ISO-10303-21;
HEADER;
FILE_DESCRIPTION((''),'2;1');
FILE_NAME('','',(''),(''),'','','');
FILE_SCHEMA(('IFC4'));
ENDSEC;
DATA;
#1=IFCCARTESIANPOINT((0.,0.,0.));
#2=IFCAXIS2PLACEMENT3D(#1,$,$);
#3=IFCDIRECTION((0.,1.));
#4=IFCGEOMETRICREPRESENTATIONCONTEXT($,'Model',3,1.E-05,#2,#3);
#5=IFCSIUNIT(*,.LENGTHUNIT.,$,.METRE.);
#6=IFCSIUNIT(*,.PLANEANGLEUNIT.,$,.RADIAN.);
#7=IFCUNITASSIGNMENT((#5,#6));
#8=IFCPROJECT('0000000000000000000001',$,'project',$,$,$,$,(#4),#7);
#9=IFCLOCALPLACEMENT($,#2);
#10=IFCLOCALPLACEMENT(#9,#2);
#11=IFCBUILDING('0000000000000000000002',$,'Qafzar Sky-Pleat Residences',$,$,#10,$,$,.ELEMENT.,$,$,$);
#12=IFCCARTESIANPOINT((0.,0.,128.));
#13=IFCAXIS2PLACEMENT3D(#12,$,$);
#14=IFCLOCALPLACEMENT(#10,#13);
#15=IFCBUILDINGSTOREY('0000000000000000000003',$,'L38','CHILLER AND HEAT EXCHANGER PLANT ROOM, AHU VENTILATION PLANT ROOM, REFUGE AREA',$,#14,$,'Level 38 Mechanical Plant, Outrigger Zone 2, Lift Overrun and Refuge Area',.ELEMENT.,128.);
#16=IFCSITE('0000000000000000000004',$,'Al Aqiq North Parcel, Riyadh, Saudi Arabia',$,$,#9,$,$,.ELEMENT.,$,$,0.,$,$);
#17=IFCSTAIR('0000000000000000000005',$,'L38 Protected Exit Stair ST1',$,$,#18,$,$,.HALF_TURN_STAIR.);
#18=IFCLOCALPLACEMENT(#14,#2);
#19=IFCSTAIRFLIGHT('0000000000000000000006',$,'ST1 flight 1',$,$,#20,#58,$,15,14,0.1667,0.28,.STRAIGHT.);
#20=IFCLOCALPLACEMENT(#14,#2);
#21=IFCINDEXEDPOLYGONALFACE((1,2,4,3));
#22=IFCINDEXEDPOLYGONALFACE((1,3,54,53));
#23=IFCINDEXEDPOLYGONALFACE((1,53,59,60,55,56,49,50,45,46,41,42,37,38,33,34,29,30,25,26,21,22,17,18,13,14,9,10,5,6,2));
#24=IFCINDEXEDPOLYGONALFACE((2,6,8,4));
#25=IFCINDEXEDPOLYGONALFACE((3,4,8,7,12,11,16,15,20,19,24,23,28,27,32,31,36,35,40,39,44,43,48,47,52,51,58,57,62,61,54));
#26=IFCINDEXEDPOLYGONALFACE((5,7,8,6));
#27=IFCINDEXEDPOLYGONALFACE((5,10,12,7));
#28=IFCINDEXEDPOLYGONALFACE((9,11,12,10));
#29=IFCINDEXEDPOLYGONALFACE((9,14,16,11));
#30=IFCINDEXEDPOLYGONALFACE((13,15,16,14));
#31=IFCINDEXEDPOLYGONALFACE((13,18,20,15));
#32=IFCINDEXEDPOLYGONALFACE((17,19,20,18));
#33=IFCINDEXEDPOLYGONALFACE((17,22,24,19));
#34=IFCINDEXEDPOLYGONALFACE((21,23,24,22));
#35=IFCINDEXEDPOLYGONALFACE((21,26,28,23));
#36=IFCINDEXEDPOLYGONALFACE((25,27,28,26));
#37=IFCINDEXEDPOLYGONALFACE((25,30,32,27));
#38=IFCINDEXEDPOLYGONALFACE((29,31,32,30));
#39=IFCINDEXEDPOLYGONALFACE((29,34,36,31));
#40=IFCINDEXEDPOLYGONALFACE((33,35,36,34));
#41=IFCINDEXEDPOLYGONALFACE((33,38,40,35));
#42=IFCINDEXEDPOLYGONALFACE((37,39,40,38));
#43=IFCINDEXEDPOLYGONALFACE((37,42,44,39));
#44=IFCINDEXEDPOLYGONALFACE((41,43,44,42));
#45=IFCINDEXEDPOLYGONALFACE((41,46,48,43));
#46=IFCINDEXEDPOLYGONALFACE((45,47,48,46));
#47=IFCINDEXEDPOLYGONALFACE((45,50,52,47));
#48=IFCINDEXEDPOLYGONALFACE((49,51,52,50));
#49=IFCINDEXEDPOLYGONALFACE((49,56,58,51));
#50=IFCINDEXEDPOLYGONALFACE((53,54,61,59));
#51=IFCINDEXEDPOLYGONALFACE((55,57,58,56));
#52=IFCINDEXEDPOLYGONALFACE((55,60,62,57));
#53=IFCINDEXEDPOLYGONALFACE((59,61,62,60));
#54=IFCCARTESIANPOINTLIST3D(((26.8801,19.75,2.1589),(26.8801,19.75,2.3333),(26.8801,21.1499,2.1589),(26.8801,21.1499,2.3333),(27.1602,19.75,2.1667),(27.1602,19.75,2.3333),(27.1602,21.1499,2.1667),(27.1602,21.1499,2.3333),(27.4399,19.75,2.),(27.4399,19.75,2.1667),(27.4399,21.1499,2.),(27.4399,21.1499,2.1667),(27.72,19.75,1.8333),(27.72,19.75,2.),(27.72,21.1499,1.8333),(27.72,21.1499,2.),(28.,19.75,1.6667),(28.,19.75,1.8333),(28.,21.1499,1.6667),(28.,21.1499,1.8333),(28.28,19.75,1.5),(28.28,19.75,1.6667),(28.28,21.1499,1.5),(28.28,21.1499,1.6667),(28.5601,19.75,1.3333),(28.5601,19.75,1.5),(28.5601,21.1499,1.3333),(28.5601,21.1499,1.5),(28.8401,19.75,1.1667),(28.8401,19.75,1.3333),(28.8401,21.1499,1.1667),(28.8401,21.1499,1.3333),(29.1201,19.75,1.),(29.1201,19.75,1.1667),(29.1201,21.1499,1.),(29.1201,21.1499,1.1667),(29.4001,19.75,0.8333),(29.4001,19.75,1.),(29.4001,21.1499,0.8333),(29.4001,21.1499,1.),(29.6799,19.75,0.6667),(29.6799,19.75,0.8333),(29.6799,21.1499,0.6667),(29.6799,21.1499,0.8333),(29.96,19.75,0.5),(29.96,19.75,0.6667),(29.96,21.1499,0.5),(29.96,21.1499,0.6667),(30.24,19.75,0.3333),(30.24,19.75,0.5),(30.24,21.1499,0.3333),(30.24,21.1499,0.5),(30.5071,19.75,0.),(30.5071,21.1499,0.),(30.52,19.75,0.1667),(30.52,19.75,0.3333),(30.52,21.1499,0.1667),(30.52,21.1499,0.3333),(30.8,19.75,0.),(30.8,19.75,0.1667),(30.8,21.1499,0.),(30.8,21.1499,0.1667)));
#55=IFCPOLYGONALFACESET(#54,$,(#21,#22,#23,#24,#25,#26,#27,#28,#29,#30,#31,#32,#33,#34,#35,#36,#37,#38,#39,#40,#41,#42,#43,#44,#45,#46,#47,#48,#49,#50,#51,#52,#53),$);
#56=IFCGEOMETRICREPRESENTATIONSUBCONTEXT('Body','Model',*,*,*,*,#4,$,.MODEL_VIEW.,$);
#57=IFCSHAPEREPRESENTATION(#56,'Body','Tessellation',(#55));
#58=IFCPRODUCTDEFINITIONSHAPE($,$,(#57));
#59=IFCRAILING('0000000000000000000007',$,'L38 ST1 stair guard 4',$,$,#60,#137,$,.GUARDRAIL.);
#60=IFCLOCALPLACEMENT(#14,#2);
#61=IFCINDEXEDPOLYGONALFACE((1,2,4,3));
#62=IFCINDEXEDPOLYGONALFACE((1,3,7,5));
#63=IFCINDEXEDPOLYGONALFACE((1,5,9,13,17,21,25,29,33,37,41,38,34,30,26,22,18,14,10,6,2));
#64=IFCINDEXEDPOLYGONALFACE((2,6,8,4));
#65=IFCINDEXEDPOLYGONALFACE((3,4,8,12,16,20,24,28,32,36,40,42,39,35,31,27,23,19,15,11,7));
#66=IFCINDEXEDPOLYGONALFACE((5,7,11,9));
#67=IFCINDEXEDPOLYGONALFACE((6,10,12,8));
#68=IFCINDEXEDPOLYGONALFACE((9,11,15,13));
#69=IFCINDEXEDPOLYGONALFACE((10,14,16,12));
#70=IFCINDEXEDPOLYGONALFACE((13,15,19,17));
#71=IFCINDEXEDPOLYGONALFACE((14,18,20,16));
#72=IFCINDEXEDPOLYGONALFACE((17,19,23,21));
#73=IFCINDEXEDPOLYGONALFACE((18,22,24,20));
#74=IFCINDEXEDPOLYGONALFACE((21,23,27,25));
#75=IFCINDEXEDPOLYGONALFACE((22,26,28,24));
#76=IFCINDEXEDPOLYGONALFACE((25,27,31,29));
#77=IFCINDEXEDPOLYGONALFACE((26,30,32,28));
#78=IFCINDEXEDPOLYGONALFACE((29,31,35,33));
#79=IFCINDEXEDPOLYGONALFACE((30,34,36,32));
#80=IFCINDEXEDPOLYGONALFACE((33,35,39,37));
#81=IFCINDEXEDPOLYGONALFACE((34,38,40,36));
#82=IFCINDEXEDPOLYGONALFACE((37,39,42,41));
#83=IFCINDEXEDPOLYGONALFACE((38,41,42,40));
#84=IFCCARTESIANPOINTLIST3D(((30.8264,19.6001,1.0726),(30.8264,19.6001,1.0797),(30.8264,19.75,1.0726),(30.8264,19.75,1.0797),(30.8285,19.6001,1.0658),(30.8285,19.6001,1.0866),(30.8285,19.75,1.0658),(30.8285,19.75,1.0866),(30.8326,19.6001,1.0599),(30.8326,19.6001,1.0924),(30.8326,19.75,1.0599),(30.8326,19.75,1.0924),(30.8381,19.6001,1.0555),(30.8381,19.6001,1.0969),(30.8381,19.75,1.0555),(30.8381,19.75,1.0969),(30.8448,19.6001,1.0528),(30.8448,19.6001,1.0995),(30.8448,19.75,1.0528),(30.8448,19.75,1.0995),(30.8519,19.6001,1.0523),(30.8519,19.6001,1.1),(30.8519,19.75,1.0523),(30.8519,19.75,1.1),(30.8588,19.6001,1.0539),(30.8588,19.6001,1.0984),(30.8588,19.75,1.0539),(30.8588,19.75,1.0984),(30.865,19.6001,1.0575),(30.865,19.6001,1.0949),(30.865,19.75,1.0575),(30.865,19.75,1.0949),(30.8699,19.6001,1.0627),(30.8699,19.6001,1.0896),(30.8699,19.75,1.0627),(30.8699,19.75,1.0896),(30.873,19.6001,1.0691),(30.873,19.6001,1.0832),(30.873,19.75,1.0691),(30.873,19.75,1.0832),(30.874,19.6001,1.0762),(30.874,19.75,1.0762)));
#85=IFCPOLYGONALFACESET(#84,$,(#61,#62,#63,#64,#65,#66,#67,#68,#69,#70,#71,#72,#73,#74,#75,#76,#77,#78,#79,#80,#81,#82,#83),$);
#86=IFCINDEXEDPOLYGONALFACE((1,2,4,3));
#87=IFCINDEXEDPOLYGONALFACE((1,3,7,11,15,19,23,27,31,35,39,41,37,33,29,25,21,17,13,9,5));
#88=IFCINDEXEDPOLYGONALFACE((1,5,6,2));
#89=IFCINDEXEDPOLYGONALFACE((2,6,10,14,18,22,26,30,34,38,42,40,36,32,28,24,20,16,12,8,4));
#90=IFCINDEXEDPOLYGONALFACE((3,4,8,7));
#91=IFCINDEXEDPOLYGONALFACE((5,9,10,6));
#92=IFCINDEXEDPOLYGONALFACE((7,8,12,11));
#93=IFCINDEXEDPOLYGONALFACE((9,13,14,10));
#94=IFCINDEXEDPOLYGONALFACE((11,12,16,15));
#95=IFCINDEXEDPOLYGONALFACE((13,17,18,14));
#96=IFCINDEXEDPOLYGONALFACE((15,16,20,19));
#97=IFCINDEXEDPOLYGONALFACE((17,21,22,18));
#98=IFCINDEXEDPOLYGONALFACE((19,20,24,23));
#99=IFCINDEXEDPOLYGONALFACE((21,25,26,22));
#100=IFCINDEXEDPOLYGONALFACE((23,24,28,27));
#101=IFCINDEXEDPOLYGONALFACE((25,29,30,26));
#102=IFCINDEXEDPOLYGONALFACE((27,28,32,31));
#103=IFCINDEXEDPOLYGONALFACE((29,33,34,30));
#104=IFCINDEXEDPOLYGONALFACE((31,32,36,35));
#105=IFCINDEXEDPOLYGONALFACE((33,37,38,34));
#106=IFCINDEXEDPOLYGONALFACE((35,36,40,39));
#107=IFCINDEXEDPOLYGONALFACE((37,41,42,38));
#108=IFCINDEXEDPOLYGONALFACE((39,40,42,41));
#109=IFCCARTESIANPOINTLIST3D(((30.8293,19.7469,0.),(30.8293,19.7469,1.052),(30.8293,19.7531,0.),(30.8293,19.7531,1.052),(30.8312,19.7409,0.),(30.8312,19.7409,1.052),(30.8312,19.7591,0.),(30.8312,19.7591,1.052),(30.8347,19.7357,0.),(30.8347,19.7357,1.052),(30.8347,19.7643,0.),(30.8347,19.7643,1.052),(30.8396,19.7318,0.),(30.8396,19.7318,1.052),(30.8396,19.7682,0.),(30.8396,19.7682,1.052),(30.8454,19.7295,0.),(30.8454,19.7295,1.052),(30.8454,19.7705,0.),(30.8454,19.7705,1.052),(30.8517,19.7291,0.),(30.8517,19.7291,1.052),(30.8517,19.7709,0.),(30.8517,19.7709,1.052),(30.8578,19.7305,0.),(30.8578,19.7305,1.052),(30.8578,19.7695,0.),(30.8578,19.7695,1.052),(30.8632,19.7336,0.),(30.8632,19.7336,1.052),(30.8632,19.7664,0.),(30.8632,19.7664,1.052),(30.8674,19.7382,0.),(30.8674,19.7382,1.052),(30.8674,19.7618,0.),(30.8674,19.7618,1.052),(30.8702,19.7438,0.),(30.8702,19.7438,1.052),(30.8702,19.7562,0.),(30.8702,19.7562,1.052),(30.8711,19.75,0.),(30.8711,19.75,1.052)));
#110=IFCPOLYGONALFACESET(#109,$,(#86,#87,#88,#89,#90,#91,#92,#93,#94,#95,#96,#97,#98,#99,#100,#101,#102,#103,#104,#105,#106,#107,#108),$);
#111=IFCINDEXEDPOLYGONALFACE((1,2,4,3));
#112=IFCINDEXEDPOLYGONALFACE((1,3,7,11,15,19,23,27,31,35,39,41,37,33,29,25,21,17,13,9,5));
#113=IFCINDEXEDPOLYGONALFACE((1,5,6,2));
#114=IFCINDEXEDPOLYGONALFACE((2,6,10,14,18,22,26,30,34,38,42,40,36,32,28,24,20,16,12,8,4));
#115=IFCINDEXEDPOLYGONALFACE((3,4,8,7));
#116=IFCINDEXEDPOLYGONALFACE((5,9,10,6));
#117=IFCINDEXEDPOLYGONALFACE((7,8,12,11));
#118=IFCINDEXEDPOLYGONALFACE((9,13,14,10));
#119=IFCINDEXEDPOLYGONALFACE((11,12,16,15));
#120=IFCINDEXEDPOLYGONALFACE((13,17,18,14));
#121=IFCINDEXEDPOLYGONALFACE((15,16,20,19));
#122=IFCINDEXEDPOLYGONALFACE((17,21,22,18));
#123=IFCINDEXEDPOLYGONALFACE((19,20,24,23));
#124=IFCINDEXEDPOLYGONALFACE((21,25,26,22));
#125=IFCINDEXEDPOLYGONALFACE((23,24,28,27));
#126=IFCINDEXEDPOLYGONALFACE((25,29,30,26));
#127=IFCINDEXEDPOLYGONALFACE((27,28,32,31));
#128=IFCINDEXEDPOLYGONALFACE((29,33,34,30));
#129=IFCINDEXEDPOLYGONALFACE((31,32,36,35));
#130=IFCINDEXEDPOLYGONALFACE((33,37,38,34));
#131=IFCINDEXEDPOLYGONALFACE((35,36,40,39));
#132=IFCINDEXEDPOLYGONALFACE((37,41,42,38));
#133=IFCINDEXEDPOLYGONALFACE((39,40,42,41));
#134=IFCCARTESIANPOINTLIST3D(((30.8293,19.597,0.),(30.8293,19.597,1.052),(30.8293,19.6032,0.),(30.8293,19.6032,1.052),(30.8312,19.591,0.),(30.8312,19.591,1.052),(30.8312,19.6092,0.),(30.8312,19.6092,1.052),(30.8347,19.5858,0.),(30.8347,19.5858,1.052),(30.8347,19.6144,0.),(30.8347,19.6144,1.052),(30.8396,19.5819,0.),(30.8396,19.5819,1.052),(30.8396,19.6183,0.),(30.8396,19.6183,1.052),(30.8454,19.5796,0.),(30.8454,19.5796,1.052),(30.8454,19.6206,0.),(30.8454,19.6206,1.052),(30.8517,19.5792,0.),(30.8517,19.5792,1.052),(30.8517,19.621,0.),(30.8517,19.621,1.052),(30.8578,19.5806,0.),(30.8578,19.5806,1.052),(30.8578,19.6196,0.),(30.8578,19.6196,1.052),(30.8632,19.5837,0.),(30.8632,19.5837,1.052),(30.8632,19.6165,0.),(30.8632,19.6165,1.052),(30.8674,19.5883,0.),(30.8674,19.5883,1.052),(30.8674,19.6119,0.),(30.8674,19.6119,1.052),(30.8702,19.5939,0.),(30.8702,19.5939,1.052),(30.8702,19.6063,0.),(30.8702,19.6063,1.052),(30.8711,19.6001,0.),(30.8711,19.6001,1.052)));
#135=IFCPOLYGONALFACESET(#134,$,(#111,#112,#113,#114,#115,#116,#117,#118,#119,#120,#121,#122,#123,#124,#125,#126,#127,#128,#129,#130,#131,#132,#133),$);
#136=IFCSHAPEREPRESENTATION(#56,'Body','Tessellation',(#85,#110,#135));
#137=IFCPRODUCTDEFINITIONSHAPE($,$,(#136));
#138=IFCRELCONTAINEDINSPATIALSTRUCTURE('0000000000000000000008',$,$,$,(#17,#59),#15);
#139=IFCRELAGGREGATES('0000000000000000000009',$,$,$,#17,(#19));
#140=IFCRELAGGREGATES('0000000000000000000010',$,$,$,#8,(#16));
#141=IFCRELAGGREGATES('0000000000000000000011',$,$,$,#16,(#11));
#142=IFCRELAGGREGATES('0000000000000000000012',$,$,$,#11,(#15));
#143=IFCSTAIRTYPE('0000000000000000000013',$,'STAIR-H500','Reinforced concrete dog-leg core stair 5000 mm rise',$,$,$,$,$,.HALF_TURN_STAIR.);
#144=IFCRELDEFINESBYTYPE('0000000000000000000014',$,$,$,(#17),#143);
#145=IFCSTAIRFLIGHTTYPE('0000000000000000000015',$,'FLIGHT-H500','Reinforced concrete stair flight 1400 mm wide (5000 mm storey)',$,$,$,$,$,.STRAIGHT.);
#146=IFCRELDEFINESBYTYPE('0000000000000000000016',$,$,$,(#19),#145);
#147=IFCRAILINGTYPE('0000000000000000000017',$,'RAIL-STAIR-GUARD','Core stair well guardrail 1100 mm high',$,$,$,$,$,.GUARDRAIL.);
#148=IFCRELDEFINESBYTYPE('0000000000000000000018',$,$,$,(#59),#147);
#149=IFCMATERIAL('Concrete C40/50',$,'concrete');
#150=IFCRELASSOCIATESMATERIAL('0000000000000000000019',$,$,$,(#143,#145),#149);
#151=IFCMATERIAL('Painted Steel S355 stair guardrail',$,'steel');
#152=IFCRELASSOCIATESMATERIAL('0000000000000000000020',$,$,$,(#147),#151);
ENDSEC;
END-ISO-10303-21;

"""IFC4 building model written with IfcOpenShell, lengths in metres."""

from ifc_helpers import new_model, si_unit, direction, frame, origin, origin_2d, place, context, subcontext, project, spatial, polyline, circle, outline, extrude, source, transform, mapped, material, type_object, element, aggregate, save


model = new_model("IFC4")

# Units and contexts
model_context = context("Model", 3, precision=1e-05, world=origin(), true_north=direction((0.0, 1.0)))
body_context = subcontext(model_context, "Body", "Model", "MODEL_VIEW")
ifc_project = project(units=[si_unit("LENGTHUNIT", "METRE"), si_unit("PLANEANGLEUNIT", "RADIAN")], contexts=[model_context])

# Site, building, storey
site_placement = place(None, origin())
site = spatial("IfcSite", under=ifc_project, at=site_placement, Name="Al Aqiq North Parcel, Riyadh, Saudi Arabia", CompositionType="ELEMENT", RefElevation=0.0)
building_placement = place(site_placement, origin())
building = spatial("IfcBuilding", under=site, at=building_placement, Name="Qafzar Sky-Pleat Residences", CompositionType="ELEMENT")
storey_placement = place(building_placement, frame((0.0, 0.0, 128.0)))
storey = spatial("IfcBuildingStorey", under=building, at=storey_placement, Name="L38", Description="CHILLER AND HEAT EXCHANGER PLANT ROOM, AHU VENTILATION PLANT ROOM, REFUGE AREA", LongName="Level 38 Mechanical Plant, Outrigger Zone 2, Lift Overrun and Refuge Area", CompositionType="ELEMENT", Elevation=128.0)

# Stair, stair flight
ifc_material_1 = material(Name="Concrete C40/50", Category="concrete")
stair_type = type_object("IfcStairType", Name="STAIR-H500", Description="Reinforced concrete dog-leg core stair 5000 mm rise", PredefinedType="HALF_TURN_STAIR", material=ifc_material_1)
stair_placement = place(storey_placement, origin())
stair = element("IfcStair", 1, at=stair_placement, inside=storey, type_object=stair_type, Name="L38 Protected Exit Stair ST1", PredefinedType="HALF_TURN_STAIR")
stair_flight_type = type_object("IfcStairFlightType", Name="FLIGHT-H500", Description="Reinforced concrete stair flight 1400 mm wide (5000 mm storey)", PredefinedType="STRAIGHT", material=ifc_material_1)
shared_shape_1 = source(origin(), body_context, "Body", "SweptSolid", [
    extrude(outline(polyline([(0.0, 0.0), (0.0, 0.1667), (0.28, 0.1667), (0.28, 0.3333), (0.5601, 0.3333), (0.5601, 0.5), (0.8401, 0.5), (0.8401, 0.6667), (1.1201, 0.6667), (1.1201, 0.8333), (1.3999, 0.8333), (1.3999, 1.0), (1.6799, 1.0), (1.6799, 1.1667), (1.96, 1.1667), (1.96, 1.3333), (2.24, 1.3333), (2.24, 1.5), (2.52, 1.5), (2.52, 1.6667), (2.8, 1.6667), (2.8, 1.8333), (3.0801, 1.8333), (3.0801, 2.0), (3.3601, 2.0), (3.3601, 2.1667), (3.6399, 2.1667), (3.6399, 2.3333), (3.9199, 2.3333), (3.9199, 2.5), (3.9199, 2.1589), (0.293, 0.0), (0.0, 0.0)])), frame((0.0, 0.7, 0.0), z_axis=(0.0, -1.0, 0.0), x_axis=(1.0, 0.0, 0.0)), (0.0, 0.0, 1.0), 1.3999),
])
stair_flight_placement = place(storey_placement, frame((30.8, 20.45, 0.0), z_axis=(0.0, 0.0, 1.0), x_axis=(-1.0, 0.0, 0.0)))
stair_flight = element("IfcStairFlight", 2, at=stair_flight_placement, type_object=stair_flight_type, Name="ST1 flight 1", NumberOfRisers=15, NumberOfTreads=14, PredefinedType="STRAIGHT", RiserHeight=0.1667, TreadLength=0.28, context=body_context, shape_type="MappedRepresentation", body=[
    mapped(shared_shape_1, transform((0.0, 0.0, 0.0), x_axis=(1.0, 0.0, 0.0), y_axis=(0.0, 1.0, 0.0), z_axis=(0.0, 0.0, 1.0), scale=1.0)),
])
aggregate(stair, [stair_flight])

# Railing
ifc_material_2 = material(Name="Painted Steel S355 stair guardrail", Category="steel")
railing_type_1 = type_object("IfcRailingType", Name="RAIL-STAIR-GUARD", Description="Core stair well guardrail 1100 mm high", PredefinedType="GUARDRAIL", material=ifc_material_2)
shared_shape_2 = source(origin(), body_context, "Body", "SweptSolid", [
    extrude(circle(Radius=0.0239, at=origin_2d()), frame((0.0, 0.0, 1.0762), z_axis=(0.0, -1.0, 0.0), x_axis=(1.0, 0.0, 0.0)), (0.0, 0.0, 1.0), 0.1499),
    extrude(circle(Radius=0.021, at=origin_2d()), origin(), (0.0, 0.0, 1.0), 1.052),
    extrude(circle(Radius=0.021, at=origin_2d()), frame((0.0, -0.1499, 0.0)), (0.0, 0.0, 1.0), 1.052),
])
railing_1_placement = place(storey_placement, frame((30.8501, 19.75, 0.0)))
element("IfcRailing", 3, at=railing_1_placement, inside=storey, type_object=railing_type_1, Name="L38 ST1 stair guard 4", PredefinedType="GUARDRAIL", context=body_context, shape_type="MappedRepresentation", body=[
    mapped(shared_shape_2, transform((0.0, 0.0, 0.0), x_axis=(1.0, 0.0, 0.0), y_axis=(0.0, 1.0, 0.0), z_axis=(0.0, 0.0, 1.0), scale=1.0)),
])

save(model, "model.ifc")
